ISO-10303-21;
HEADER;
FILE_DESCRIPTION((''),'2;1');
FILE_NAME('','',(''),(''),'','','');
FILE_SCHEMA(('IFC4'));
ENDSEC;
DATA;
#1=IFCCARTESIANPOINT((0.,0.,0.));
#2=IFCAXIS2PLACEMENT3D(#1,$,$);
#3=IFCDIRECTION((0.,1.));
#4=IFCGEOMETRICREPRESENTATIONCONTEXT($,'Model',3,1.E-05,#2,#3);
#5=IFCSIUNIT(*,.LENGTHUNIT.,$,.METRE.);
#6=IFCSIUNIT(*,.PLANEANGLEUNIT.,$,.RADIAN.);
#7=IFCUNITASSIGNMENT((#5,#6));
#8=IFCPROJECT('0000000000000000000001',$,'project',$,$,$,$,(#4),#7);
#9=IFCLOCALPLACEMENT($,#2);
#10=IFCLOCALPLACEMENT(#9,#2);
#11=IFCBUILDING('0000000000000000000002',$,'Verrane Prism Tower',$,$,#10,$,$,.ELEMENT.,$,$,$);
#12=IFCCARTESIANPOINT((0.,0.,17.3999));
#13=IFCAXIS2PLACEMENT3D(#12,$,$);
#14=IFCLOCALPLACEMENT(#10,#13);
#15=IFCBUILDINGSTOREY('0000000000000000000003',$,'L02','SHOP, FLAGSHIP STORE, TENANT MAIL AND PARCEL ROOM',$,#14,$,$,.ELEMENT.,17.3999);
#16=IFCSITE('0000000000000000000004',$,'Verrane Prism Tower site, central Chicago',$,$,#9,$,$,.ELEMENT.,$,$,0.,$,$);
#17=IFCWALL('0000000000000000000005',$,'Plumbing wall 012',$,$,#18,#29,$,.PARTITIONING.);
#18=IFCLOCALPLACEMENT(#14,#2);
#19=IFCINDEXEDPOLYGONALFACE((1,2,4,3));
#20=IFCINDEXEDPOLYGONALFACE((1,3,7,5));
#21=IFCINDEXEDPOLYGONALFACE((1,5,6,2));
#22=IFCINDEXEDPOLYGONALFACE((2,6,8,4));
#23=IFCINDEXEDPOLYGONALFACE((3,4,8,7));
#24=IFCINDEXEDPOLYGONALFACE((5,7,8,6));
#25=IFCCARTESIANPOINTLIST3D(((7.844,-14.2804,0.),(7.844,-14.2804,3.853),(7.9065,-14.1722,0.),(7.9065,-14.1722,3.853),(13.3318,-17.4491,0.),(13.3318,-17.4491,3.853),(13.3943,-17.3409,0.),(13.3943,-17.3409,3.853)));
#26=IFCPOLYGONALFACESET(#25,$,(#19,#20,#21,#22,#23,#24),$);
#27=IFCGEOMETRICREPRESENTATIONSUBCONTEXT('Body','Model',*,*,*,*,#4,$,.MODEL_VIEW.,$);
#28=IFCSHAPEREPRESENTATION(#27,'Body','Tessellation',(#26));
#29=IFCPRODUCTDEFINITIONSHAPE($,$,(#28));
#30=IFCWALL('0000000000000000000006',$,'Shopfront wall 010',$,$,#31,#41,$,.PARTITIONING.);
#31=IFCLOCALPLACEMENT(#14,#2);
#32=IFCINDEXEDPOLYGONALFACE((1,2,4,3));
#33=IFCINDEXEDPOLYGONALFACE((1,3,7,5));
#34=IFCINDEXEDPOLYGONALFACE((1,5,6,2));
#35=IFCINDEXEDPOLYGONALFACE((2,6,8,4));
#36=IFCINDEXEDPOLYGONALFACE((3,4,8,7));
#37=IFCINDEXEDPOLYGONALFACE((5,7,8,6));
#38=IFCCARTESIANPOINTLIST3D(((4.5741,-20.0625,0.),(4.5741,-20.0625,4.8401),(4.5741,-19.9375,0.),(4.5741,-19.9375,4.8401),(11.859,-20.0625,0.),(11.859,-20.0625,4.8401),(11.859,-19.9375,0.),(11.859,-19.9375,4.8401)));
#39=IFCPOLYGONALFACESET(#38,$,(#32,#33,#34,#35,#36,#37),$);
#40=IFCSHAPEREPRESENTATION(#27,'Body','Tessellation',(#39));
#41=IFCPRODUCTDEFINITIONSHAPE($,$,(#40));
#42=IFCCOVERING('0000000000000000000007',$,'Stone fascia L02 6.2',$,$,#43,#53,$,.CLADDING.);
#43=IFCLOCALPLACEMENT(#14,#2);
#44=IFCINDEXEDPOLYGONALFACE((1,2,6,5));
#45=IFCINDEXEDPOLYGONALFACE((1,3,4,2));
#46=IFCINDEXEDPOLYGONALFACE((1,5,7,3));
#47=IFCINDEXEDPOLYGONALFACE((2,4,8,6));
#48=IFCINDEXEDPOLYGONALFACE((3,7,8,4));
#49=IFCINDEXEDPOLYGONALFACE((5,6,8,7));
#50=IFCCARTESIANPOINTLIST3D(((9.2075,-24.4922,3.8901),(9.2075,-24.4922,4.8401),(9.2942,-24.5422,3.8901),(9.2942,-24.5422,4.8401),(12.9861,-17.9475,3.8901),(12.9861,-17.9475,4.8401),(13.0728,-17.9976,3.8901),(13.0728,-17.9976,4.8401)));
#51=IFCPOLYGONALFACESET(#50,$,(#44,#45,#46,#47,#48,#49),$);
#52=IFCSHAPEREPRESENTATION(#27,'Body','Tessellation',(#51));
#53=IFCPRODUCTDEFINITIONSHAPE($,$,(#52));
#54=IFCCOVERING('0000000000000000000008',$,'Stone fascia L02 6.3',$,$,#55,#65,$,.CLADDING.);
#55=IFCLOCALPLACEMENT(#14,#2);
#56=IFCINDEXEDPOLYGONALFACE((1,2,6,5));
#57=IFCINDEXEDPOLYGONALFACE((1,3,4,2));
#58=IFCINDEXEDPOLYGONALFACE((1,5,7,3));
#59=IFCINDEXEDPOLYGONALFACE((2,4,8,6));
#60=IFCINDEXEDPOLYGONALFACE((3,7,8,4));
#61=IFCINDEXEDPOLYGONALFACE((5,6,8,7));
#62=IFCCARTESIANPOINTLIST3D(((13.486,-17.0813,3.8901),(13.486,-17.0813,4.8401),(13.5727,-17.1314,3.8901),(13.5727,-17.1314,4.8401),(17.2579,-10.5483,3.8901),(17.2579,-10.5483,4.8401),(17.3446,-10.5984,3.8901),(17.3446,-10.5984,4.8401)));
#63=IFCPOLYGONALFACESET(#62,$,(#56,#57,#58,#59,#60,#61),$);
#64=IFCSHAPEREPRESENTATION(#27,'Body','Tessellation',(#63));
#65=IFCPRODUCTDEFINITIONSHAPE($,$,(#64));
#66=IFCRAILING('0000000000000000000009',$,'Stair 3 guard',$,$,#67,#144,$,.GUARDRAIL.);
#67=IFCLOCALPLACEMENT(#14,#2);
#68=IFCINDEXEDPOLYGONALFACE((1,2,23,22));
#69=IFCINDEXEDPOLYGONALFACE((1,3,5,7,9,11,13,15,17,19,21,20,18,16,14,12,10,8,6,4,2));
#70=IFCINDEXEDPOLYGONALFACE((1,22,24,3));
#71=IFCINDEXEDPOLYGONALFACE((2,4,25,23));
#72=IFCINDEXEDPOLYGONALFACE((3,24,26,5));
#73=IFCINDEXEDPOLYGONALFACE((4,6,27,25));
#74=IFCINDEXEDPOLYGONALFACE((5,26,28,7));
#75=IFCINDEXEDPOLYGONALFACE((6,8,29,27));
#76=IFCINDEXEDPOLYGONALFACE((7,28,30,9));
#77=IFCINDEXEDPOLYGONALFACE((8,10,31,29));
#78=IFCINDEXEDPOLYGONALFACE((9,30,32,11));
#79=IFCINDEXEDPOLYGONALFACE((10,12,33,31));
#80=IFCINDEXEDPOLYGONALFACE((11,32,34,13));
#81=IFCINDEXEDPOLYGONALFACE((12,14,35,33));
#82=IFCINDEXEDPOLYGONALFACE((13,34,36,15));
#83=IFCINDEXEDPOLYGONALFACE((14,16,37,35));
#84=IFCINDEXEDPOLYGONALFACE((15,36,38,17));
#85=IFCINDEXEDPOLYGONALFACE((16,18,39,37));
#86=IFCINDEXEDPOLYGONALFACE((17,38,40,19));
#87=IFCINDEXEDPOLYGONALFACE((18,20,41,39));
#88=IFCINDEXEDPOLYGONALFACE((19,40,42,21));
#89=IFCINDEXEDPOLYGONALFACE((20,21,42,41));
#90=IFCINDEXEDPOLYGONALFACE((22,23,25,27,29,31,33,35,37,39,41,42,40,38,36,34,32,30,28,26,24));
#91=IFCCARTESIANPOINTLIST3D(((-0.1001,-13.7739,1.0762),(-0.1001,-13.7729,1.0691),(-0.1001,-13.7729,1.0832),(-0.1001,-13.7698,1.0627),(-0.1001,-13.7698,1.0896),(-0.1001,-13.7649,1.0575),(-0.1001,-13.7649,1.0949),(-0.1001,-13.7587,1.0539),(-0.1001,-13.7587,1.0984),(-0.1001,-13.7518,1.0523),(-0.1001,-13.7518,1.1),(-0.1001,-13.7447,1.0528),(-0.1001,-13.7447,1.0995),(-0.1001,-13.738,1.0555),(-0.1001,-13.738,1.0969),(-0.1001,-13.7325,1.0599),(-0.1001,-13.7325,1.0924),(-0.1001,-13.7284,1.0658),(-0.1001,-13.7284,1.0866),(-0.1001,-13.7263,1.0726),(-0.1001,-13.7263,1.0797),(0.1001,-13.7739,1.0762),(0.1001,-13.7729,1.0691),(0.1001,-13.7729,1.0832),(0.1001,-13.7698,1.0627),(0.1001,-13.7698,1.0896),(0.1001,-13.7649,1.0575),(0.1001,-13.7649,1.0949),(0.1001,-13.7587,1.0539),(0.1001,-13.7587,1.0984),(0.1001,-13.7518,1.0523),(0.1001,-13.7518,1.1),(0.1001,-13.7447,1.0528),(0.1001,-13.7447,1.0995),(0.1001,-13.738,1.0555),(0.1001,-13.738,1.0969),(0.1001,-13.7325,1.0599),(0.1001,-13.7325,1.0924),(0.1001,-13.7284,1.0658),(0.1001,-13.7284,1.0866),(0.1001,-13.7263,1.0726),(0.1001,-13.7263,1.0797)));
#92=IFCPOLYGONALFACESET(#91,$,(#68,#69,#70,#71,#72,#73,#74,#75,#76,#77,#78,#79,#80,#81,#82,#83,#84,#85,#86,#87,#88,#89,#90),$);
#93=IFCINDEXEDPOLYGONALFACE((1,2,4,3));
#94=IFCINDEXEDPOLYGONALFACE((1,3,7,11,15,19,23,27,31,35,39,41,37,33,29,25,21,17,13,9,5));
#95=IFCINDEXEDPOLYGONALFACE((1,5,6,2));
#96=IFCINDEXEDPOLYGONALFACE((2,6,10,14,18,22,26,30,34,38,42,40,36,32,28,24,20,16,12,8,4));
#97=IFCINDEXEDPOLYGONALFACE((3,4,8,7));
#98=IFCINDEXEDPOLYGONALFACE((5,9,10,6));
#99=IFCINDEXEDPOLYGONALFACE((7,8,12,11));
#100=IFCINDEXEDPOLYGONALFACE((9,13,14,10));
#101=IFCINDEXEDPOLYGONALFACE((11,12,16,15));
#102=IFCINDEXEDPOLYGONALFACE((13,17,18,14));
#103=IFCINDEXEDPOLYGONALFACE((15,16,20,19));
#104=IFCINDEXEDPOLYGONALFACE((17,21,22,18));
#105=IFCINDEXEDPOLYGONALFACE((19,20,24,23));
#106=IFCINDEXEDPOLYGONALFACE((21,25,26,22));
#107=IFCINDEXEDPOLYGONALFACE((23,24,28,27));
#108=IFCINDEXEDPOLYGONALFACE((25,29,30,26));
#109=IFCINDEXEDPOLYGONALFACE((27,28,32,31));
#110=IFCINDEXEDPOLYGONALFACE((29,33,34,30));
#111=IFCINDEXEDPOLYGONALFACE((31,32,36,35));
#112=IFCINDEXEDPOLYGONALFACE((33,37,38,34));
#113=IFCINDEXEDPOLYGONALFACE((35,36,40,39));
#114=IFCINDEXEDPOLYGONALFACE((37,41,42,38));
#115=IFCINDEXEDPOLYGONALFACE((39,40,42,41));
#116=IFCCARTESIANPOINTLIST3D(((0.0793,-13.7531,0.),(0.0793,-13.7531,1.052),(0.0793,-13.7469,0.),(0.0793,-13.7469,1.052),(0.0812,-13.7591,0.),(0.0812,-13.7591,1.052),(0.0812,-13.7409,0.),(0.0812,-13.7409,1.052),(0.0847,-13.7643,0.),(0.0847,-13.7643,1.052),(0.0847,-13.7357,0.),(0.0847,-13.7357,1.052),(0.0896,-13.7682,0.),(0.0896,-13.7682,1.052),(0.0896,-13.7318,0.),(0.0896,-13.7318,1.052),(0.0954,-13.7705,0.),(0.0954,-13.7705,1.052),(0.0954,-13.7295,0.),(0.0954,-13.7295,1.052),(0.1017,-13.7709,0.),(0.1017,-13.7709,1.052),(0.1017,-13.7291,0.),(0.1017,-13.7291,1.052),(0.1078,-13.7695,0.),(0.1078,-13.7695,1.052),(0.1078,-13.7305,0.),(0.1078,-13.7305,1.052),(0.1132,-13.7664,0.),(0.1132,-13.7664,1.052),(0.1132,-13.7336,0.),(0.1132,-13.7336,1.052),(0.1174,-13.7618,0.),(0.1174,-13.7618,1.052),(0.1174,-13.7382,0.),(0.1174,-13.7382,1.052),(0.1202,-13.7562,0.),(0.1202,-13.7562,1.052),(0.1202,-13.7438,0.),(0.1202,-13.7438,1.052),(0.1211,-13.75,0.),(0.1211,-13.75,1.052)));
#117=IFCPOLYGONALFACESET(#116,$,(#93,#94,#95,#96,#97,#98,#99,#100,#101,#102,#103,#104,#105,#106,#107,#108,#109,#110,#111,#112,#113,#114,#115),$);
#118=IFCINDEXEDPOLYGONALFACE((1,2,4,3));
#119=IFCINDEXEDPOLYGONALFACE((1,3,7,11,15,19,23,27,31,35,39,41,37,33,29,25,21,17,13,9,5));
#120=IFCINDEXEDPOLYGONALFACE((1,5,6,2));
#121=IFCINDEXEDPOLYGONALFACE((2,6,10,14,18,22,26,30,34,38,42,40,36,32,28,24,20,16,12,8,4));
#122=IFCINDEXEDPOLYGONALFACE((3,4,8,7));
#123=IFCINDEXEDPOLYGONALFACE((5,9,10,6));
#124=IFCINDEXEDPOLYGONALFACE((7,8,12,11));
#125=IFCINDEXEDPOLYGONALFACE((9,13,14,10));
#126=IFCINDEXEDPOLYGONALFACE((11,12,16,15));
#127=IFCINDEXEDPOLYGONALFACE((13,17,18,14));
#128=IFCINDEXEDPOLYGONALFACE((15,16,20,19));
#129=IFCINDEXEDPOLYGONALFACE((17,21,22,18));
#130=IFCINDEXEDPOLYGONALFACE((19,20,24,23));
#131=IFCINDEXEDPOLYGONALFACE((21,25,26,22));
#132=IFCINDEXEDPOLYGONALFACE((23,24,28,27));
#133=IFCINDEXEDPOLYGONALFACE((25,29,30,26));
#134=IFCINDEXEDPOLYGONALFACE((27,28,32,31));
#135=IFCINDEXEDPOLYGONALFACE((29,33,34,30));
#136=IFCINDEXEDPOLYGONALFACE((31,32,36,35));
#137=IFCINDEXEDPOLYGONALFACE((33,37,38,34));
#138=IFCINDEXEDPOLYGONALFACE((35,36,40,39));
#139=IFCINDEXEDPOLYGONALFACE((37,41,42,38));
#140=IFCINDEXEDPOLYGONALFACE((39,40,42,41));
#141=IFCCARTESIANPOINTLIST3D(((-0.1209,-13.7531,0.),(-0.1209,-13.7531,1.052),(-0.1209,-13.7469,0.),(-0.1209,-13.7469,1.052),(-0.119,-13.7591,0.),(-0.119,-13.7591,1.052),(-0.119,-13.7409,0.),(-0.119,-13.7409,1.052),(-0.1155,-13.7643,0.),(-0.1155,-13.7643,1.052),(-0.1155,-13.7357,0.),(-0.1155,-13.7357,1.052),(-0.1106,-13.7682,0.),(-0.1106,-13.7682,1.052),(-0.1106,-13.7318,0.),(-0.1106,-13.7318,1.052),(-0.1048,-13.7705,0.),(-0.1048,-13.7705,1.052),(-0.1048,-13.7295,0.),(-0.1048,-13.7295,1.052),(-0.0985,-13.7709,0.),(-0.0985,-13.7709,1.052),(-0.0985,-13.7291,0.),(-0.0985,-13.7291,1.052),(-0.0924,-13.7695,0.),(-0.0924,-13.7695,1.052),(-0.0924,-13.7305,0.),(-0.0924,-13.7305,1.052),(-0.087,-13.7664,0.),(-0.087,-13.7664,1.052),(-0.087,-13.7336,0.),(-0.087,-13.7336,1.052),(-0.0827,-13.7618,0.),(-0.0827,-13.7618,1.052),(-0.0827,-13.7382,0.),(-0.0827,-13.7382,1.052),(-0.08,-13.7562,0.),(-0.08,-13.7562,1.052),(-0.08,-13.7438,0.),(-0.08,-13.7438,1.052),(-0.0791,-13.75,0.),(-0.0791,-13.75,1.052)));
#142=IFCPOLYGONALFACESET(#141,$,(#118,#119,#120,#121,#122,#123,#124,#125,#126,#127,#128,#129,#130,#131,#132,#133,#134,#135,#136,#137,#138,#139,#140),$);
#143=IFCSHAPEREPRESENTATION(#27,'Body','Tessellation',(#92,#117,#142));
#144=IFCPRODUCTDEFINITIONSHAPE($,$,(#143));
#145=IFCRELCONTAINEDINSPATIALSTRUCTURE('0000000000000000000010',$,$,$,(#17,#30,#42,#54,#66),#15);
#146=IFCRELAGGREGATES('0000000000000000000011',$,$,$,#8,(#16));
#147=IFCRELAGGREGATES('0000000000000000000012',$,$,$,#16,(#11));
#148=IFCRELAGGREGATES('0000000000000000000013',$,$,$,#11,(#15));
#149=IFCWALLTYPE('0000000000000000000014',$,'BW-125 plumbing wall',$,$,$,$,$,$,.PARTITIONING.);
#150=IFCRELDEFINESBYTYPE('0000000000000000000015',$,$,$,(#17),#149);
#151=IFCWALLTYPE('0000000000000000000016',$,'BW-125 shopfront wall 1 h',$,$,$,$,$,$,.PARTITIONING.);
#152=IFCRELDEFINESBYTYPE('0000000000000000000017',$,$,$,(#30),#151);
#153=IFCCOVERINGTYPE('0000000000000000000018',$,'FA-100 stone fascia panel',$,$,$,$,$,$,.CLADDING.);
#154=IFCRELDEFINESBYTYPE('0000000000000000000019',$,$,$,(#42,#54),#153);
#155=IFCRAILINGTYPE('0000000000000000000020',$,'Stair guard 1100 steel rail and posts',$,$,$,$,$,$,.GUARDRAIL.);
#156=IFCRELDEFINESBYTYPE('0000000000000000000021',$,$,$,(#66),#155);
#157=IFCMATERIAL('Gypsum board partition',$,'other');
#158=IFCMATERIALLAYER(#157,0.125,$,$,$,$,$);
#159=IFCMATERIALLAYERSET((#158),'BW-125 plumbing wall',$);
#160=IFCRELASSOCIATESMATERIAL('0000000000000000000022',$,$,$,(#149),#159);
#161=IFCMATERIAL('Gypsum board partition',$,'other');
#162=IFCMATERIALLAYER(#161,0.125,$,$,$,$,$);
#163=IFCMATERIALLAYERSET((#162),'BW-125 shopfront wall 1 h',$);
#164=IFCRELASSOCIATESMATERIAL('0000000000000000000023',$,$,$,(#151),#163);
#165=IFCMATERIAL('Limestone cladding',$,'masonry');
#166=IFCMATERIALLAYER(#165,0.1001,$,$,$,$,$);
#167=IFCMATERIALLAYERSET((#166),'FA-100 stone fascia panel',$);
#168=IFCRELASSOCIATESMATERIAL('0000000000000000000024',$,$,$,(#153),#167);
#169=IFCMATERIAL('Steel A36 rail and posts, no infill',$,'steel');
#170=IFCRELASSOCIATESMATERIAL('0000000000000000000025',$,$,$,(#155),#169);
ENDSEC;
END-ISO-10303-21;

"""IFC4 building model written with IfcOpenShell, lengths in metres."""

from ifc_helpers import new_model, si_unit, direction, frame, frame_2d, origin, origin_2d, place, context, subcontext, project, spatial, rectangle, circle, extrude, material, layer, layer_set, type_object, element, save


model = new_model("IFC4")

# Units and contexts
model_context = context("Model", 3, precision=1e-05, world=origin(), true_north=direction((0.0, 1.0)))
body_context = subcontext(model_context, "Body", "Model", "MODEL_VIEW")
ifc_project = project(units=[si_unit("LENGTHUNIT", "METRE"), si_unit("PLANEANGLEUNIT", "RADIAN")], contexts=[model_context])

# Site, building, storey
site_placement = place(None, origin())
site = spatial("IfcSite", under=ifc_project, at=site_placement, Name="Verrane Prism Tower site, central Chicago", CompositionType="ELEMENT", RefElevation=0.0)
building_placement = place(site_placement, origin())
building = spatial("IfcBuilding", under=site, at=building_placement, Name="Verrane Prism Tower", CompositionType="ELEMENT")
storey_placement = place(building_placement, frame((0.0, 0.0, 17.3999)))
storey = spatial("IfcBuildingStorey", under=building, at=storey_placement, Name="L02", Description="SHOP, FLAGSHIP STORE, TENANT MAIL AND PARCEL ROOM", CompositionType="ELEMENT", Elevation=17.3999)

# Walls
ifc_material_1 = material(Name="Gypsum board partition", Category="other")
ifc_layer_1 = layer(ifc_material_1, 0.125)
ifc_layer_set_1 = layer_set([ifc_layer_1], Name="BW-125 plumbing wall")
wall_type_1 = type_object("IfcWallType", Name="BW-125 plumbing wall", PredefinedType="PARTITIONING", material=ifc_layer_set_1)
wall_1_placement = place(storey_placement, frame((7.8752, -14.2263, 0.0), z_axis=(0.0, 0.0, 1.0), x_axis=(0.866003, -0.500038, 0.0)))
element("IfcWall", 1, at=wall_1_placement, inside=storey, type_object=wall_type_1, Name="Plumbing wall 012", PredefinedType="PARTITIONING", context=body_context, shape_type="SweptSolid", body=[
    extrude(rectangle(XDim=6.3369, YDim=0.125, at=frame_2d((3.1685, 0.0))), origin(), (0.0, 0.0, 1.0), 3.853),
])
ifc_material_2 = material(Name="Gypsum board partition", Category="other")
ifc_layer_2 = layer(ifc_material_2, 0.125)
ifc_layer_set_2 = layer_set([ifc_layer_2], Name="BW-125 shopfront wall 1 h")
wall_type_2 = type_object("IfcWallType", Name="BW-125 shopfront wall 1 h", PredefinedType="PARTITIONING", material=ifc_layer_set_2)
wall_2_placement = place(storey_placement, frame((4.574, -20.0, 0.0), z_axis=(0.0, 0.0, 1.0), x_axis=(1.0, 0.0, 0.0)))
element("IfcWall", 2, at=wall_2_placement, inside=storey, type_object=wall_type_2, Name="Shopfront wall 010", PredefinedType="PARTITIONING", context=body_context, shape_type="SweptSolid", body=[
    extrude(rectangle(XDim=7.2849, YDim=0.125, at=frame_2d((3.6426, 0.0))), origin(), (0.0, 0.0, 1.0), 4.8401),
])

# Coverings
ifc_material_3 = material(Name="Limestone cladding", Category="masonry")
ifc_layer_3 = layer(ifc_material_3, 0.1001)
ifc_layer_set_3 = layer_set([ifc_layer_3], Name="FA-100 stone fascia panel")
covering_type = type_object("IfcCoveringType", Name="FA-100 stone fascia panel", PredefinedType="CLADDING", material=ifc_layer_set_3)
covering_1_placement = place(storey_placement, frame((11.1401, -21.2449, 3.8901), z_axis=(0.0, 0.0, 1.0), x_axis=(0.5, 0.866025, 0.0)))
element("IfcCovering", 3, at=covering_1_placement, inside=storey, type_object=covering_type, Name="Stone fascia L02 6.2", PredefinedType="CLADDING", context=body_context, shape_type="SweptSolid", body=[
    extrude(rectangle(XDim=7.5571, YDim=0.1001, at=origin_2d()), origin(), (0.0, 0.0, 1.0), 0.95),
])
covering_2_placement = place(storey_placement, frame((15.4153, -13.8398, 3.8901), z_axis=(0.0, 0.0, 1.0), x_axis=(0.5, 0.866025, 0.0)))
element("IfcCovering", 4, at=covering_2_placement, inside=storey, type_object=covering_type, Name="Stone fascia L02 6.3", PredefinedType="CLADDING", context=body_context, shape_type="SweptSolid", body=[
    extrude(rectangle(XDim=7.5437, YDim=0.1001, at=origin_2d()), origin(), (0.0, 0.0, 1.0), 0.95),
])

# Railing
ifc_material_4 = material(Name="Steel A36 rail and posts, no infill", Category="steel")
railing_type = type_object("IfcRailingType", Name="Stair guard 1100 steel rail and posts", PredefinedType="GUARDRAIL", material=ifc_material_4)
railing_placement = place(storey_placement, frame((0.1001, -13.75, 0.0)))
element("IfcRailing", 5, at=railing_placement, inside=storey, type_object=railing_type, Name="Stair 3 guard", PredefinedType="GUARDRAIL", context=body_context, shape_type="SweptSolid", body=[
    extrude(circle(Radius=0.0239, at=origin_2d()), frame((0.0, 0.0, 1.0762), z_axis=(-1.0, 0.0, 0.0), x_axis=(0.0, -1.0, 0.0)), (0.0, 0.0, 1.0), 0.2002),
    extrude(circle(Radius=0.021, at=origin_2d()), origin(), (0.0, 0.0, 1.0), 1.052),
    extrude(circle(Radius=0.021, at=origin_2d()), frame((-0.2002, 0.0, 0.0)), (0.0, 0.0, 1.0), 1.052),
])

save(model, "model.ifc")
